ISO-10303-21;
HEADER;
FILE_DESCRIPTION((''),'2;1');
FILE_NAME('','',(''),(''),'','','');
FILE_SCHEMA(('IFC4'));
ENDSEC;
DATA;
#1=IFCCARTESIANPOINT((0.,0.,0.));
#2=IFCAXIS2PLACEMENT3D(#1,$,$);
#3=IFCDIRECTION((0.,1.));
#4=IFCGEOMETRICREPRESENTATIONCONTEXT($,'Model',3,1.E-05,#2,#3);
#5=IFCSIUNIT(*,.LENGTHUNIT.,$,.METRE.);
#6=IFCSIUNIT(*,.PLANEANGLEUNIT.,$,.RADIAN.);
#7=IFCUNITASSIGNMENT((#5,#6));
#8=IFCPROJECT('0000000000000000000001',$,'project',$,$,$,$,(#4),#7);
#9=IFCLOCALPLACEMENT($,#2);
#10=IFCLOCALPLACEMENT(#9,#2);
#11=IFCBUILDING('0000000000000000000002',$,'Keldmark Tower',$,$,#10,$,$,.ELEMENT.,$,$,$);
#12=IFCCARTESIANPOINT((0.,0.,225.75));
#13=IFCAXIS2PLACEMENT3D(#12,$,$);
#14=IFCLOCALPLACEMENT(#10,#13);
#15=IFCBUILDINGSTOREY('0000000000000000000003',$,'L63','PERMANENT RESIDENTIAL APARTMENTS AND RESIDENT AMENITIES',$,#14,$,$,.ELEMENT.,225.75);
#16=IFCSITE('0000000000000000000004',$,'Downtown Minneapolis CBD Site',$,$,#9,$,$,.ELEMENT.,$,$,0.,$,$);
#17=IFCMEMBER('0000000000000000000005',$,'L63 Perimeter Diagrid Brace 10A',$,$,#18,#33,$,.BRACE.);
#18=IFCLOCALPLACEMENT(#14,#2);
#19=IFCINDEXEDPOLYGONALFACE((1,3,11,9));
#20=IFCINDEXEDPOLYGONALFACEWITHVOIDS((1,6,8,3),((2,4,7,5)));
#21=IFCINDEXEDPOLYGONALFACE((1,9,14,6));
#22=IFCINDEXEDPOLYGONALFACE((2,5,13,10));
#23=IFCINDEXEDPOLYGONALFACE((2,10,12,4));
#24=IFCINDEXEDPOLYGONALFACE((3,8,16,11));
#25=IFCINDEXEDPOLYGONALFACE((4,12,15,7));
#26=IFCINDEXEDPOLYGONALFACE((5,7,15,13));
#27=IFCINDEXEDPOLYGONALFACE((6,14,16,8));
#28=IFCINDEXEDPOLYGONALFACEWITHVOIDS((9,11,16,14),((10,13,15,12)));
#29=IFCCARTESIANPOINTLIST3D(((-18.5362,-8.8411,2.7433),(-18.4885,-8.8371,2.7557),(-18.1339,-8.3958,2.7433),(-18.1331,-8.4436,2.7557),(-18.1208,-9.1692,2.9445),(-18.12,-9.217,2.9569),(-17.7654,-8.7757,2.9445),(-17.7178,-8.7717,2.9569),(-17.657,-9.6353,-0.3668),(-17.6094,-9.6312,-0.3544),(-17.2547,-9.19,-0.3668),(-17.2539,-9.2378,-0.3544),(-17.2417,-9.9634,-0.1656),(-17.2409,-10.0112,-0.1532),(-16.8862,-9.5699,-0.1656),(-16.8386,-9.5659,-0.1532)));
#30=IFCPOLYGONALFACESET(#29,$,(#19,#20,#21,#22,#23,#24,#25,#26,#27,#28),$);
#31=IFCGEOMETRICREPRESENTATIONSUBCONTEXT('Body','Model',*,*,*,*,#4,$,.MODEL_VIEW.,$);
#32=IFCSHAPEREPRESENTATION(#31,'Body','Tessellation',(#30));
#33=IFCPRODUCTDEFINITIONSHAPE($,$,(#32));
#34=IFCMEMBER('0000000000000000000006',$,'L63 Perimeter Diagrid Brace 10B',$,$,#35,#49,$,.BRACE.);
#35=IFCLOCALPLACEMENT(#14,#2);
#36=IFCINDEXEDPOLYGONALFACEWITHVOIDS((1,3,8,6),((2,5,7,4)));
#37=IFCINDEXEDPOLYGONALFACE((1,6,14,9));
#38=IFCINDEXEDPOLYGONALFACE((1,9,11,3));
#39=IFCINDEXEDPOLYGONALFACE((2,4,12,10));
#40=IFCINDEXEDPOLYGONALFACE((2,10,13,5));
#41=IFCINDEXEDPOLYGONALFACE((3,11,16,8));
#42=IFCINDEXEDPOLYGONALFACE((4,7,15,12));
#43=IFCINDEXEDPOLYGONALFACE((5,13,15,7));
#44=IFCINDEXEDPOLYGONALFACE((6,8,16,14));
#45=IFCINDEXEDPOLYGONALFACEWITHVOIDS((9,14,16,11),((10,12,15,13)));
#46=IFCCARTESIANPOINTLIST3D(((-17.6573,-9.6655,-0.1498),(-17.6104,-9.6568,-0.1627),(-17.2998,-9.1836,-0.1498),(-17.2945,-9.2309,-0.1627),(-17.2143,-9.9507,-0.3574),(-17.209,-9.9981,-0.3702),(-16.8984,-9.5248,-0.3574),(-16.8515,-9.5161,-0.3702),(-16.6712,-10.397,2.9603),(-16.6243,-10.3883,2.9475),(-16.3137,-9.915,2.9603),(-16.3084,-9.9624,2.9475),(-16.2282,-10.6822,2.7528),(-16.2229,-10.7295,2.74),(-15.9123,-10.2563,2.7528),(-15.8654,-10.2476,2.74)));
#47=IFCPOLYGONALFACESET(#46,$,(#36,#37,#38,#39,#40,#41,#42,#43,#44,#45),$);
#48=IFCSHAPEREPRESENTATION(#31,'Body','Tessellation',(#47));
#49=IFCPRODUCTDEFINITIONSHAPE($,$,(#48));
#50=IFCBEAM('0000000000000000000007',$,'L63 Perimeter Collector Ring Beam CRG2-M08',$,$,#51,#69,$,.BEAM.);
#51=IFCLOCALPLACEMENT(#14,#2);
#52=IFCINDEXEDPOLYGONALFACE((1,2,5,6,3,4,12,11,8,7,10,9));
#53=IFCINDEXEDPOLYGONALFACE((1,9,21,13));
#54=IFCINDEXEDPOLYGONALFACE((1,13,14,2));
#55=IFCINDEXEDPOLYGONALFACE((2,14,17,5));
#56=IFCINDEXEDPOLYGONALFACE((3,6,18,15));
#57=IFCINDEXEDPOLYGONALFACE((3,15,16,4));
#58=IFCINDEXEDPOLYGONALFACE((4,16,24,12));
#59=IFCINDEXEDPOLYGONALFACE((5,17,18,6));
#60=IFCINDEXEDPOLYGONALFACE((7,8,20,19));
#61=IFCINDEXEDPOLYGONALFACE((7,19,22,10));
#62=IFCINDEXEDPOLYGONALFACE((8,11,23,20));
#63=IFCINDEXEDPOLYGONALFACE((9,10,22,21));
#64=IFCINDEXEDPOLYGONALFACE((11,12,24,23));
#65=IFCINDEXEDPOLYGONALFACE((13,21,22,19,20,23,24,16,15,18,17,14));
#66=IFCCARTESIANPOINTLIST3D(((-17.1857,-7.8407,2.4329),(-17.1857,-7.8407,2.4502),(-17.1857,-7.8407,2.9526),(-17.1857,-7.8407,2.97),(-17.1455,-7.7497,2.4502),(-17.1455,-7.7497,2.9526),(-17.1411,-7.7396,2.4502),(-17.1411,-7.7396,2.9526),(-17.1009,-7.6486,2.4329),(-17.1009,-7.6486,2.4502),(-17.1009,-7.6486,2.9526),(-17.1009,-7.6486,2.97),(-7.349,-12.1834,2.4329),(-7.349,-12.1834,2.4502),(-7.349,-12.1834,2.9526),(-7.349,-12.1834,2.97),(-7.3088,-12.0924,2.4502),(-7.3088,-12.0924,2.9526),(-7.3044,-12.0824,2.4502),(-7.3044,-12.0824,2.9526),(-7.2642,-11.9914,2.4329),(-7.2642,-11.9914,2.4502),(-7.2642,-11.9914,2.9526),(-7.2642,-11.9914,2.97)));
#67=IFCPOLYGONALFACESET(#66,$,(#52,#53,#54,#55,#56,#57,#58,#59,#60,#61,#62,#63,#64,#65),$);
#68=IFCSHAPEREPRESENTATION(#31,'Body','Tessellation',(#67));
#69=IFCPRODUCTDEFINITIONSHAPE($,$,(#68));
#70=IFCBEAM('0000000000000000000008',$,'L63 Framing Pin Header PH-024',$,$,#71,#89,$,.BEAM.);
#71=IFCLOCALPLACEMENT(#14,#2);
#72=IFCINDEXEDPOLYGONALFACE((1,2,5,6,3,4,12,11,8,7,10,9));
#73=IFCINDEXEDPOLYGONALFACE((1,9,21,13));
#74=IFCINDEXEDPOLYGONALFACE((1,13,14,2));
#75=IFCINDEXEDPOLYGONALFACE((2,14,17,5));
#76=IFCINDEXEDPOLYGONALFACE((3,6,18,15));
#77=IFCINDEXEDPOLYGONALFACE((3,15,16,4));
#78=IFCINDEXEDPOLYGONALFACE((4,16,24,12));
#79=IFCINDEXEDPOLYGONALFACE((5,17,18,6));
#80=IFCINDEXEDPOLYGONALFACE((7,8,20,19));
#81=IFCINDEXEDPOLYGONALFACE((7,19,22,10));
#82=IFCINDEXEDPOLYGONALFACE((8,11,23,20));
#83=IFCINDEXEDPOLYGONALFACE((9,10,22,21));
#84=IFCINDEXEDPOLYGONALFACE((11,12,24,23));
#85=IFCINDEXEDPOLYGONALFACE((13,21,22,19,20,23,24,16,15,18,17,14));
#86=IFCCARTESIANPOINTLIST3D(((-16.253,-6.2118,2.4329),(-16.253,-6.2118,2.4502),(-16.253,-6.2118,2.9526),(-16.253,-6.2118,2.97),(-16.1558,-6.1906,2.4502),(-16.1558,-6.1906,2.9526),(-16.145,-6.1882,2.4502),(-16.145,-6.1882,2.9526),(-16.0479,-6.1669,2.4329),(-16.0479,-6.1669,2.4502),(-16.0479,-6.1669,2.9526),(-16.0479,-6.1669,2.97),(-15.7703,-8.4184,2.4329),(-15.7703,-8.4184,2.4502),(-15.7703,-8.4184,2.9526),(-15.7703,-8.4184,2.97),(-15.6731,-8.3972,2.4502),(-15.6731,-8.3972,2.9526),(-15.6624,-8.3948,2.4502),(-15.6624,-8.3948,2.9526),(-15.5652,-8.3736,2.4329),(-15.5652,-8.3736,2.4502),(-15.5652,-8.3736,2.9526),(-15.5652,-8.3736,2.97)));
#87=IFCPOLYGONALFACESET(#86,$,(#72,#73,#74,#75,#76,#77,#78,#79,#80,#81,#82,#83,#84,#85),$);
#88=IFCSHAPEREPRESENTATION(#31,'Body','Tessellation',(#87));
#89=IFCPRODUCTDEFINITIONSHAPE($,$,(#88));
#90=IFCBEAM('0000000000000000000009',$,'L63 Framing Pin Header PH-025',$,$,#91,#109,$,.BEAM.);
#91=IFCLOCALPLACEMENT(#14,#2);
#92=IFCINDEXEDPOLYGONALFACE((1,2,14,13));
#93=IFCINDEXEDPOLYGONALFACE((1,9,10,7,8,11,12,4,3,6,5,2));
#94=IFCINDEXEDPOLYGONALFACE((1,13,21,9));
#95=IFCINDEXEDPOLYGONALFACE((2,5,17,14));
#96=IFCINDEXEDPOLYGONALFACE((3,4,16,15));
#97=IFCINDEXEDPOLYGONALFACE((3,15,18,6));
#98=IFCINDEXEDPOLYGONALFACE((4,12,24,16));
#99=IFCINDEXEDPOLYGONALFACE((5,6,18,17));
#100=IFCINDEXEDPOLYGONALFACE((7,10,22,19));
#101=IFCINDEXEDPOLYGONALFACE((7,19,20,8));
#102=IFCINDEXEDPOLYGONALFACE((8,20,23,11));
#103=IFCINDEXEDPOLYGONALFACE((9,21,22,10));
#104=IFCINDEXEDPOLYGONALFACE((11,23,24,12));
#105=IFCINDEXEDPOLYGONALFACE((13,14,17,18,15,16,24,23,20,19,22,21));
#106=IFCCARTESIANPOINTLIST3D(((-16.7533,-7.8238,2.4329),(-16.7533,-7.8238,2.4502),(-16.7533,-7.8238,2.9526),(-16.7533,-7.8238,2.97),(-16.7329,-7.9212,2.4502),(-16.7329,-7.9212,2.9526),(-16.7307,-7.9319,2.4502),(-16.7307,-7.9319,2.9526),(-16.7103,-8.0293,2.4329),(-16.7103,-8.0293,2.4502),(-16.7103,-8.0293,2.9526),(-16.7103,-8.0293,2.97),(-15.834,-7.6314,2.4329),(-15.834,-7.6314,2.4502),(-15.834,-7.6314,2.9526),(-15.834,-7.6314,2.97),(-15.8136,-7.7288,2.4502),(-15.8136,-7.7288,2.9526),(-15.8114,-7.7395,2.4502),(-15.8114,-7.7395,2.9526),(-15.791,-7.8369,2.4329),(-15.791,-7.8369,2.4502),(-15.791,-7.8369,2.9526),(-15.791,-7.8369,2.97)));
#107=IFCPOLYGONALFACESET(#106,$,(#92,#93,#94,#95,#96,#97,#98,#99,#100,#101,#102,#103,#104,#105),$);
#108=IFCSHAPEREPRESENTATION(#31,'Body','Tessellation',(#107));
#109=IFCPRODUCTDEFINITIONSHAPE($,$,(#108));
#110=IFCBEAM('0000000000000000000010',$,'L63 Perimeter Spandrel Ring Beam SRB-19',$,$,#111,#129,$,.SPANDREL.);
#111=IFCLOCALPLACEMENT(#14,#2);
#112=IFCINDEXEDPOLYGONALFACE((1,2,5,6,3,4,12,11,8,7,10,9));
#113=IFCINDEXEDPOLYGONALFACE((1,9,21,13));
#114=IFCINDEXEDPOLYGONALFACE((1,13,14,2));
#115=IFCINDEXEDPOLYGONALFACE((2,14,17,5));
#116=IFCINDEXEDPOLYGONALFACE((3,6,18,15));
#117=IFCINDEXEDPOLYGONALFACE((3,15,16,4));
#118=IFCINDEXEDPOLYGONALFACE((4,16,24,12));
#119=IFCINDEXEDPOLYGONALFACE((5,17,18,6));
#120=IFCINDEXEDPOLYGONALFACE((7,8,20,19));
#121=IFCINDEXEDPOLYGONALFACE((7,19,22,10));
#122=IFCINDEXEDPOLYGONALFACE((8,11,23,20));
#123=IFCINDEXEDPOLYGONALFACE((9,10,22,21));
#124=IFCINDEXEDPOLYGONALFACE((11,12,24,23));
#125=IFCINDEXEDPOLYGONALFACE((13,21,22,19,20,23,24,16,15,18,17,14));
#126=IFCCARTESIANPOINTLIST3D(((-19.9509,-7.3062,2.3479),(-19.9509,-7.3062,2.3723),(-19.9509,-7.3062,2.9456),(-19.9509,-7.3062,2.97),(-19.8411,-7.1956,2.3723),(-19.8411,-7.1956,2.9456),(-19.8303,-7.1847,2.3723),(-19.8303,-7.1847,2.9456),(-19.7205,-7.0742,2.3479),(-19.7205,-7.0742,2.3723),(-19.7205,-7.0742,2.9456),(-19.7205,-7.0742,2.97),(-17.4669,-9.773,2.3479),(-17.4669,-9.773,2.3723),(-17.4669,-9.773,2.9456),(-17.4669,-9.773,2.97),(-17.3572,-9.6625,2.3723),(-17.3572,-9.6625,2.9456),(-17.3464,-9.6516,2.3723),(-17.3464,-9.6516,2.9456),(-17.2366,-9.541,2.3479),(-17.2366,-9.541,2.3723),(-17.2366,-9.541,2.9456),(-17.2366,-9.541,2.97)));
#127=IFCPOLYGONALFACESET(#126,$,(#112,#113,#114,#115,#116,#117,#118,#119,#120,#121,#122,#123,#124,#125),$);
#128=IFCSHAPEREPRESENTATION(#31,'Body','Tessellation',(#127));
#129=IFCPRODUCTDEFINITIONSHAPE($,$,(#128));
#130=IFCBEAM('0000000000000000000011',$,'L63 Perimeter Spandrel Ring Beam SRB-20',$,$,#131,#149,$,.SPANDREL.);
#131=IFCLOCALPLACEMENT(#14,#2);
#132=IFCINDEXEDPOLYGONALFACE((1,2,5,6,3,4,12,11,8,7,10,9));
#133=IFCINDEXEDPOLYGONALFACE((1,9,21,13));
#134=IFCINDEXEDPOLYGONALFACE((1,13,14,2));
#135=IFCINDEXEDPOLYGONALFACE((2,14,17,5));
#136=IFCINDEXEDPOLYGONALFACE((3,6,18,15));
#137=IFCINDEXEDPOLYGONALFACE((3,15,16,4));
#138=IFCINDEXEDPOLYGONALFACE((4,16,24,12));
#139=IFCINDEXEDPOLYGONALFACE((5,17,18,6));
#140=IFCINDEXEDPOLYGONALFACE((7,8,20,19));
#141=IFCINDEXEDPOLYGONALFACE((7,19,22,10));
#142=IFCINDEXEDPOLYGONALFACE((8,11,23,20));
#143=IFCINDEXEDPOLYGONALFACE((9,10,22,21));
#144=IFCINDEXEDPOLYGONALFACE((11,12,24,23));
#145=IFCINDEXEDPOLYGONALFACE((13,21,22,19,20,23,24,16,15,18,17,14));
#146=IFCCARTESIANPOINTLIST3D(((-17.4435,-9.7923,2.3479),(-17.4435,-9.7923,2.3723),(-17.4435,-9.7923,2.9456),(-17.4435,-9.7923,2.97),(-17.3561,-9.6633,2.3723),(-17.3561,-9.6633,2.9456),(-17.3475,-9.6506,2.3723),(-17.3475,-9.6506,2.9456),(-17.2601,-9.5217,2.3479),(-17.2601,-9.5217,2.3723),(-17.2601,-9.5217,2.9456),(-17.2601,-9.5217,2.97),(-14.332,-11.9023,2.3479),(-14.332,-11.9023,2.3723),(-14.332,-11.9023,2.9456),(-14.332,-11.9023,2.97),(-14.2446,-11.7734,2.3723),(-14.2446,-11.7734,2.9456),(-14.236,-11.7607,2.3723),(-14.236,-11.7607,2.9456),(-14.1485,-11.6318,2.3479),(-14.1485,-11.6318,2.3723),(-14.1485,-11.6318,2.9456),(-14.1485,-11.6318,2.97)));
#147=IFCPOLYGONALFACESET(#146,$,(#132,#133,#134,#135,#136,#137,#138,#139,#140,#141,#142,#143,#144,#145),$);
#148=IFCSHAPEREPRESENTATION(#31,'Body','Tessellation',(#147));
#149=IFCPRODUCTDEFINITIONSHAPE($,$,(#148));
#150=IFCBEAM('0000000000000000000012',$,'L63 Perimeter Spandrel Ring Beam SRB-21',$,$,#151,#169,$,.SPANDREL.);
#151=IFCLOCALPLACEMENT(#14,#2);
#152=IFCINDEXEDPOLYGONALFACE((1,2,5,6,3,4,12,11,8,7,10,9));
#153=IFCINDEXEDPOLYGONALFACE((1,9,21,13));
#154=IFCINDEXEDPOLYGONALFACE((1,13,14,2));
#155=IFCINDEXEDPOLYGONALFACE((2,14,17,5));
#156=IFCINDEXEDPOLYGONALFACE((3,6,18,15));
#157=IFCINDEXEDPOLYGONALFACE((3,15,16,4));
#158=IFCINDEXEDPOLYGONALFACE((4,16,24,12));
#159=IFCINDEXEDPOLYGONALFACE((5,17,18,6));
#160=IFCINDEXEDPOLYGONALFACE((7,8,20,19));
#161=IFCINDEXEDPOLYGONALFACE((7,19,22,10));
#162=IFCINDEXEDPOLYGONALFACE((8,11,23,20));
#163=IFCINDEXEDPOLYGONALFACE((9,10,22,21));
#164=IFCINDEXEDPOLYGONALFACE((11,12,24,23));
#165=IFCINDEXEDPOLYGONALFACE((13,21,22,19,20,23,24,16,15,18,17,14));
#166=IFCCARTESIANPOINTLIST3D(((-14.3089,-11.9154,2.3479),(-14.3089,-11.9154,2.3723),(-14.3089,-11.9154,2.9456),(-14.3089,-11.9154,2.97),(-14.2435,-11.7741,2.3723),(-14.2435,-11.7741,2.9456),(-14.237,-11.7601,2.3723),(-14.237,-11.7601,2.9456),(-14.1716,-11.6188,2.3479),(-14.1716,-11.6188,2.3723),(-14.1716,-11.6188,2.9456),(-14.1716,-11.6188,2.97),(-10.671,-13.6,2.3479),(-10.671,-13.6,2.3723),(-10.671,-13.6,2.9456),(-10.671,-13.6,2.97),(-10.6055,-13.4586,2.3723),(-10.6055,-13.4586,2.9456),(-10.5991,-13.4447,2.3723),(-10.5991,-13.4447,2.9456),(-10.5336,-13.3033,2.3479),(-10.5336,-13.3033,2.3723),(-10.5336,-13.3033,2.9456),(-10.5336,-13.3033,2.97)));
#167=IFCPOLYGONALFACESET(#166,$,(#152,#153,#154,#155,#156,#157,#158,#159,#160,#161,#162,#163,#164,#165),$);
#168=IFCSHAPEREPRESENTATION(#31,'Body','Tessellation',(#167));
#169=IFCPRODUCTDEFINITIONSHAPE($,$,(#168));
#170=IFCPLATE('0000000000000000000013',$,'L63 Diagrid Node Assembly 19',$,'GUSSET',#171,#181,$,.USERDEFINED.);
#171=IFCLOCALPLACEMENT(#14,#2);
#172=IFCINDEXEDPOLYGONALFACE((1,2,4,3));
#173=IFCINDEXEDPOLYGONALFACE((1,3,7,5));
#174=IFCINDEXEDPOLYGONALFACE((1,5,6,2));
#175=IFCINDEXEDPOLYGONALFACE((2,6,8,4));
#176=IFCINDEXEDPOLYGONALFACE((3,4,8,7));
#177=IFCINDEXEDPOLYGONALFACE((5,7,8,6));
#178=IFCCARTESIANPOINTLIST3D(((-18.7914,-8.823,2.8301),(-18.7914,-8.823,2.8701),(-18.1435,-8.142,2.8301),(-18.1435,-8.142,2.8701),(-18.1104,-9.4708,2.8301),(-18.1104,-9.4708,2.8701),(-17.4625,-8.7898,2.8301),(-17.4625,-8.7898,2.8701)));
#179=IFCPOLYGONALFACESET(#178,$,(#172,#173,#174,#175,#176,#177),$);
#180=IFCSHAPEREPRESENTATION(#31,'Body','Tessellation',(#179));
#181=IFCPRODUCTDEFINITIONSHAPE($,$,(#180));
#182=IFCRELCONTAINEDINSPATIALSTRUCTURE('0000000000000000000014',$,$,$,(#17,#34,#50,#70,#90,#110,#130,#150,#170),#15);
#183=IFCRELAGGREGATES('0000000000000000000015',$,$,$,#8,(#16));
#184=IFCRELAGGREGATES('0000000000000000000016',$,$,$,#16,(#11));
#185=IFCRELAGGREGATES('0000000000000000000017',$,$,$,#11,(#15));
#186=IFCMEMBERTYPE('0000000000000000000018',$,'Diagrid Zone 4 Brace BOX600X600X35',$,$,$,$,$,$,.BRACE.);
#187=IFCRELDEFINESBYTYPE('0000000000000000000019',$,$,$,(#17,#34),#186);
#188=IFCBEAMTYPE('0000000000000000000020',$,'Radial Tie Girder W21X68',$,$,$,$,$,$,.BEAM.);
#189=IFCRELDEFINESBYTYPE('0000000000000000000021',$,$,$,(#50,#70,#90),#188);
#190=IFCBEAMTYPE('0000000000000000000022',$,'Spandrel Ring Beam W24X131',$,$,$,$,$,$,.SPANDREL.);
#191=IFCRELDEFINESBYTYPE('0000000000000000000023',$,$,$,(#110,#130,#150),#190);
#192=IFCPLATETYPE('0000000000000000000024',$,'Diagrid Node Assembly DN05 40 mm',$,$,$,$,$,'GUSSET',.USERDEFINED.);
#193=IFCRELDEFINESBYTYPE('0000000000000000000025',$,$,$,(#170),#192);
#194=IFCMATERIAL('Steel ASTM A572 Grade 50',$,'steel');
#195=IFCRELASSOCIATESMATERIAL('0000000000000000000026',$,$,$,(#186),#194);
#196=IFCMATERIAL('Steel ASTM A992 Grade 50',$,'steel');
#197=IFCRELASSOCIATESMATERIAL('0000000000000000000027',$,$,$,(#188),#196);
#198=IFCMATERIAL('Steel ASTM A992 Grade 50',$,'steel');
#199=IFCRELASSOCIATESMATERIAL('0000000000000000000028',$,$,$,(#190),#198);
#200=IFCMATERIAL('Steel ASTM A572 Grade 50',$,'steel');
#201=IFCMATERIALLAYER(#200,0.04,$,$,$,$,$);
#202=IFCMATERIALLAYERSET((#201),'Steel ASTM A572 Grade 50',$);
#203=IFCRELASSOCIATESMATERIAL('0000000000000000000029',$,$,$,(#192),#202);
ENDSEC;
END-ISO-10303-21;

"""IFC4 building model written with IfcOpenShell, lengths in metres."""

from ifc_helpers import new_model, si_unit, direction, frame, origin, origin_2d, place, context, subcontext, project, spatial, rectangle, hollow_rectangle, i_section, extrude, material, layer, layer_set, material_profile, profile_set, type_object, element, save


model = new_model("IFC4")

# Units and contexts
model_context = context("Model", 3, precision=1e-05, world=origin(), true_north=direction((0.0, 1.0)))
body_context = subcontext(model_context, "Body", "Model", "MODEL_VIEW")
ifc_project = project(units=[si_unit("LENGTHUNIT", "METRE"), si_unit("PLANEANGLEUNIT", "RADIAN")], contexts=[model_context])

# Site, building, storey
site_placement = place(None, origin())
site = spatial("IfcSite", under=ifc_project, at=site_placement, Name="Downtown Minneapolis CBD Site", CompositionType="ELEMENT", RefElevation=0.0)
building_placement = place(site_placement, origin())
building = spatial("IfcBuilding", under=site, at=building_placement, Name="Keldmark Tower", CompositionType="ELEMENT")
storey_placement = place(building_placement, frame((0.0, 0.0, 225.75)))
storey = spatial("IfcBuildingStorey", under=building, at=storey_placement, Name="L63", Description="PERMANENT RESIDENTIAL APARTMENTS AND RESIDENT AMENITIES", CompositionType="ELEMENT", Elevation=225.75)

# Members
ifc_material_1 = material(Name="Steel ASTM A572 Grade 50", Category="steel")
ifc_material_profile_1 = material_profile(ifc_material_1, hollow_rectangle(XDim=0.6001, YDim=0.6001, WallThickness=0.0349, at=origin_2d()), Name="BOX600X600X35")
ifc_profile_set_1 = profile_set([ifc_material_profile_1], Name="Steel ASTM A572 Grade 50")
member_type = type_object("IfcMemberType", Name="Diagrid Zone 4 Brace BOX600X600X35", PredefinedType="BRACE", material=ifc_profile_set_1)
member_1_placement = place(storey_placement, frame((-17.2478, -9.6006, -0.26), z_axis=(-0.264158, 0.23863, 0.934493), x_axis=(-0.670341, -0.742053, 0.0)))
element("IfcMember", 1, at=member_1_placement, inside=storey, type_object=member_type, Name="L63 Perimeter Diagrid Brace 10A", PredefinedType="BRACE", context=body_context, shape_type="SweptSolid", body=[
    extrude(hollow_rectangle(XDim=0.6001, YDim=0.6001, WallThickness=0.0349, at=origin_2d()), origin(), (0.0, 0.0, 1.0), 3.3281),
])
member_2_placement = place(storey_placement, frame((-17.2544, -9.5908, -0.26), z_axis=(0.294911, -0.218755, 0.930147), x_axis=(0.59576, 0.803162, 0.0)))
element("IfcMember", 2, at=member_2_placement, inside=storey, type_object=member_type, Name="L63 Perimeter Diagrid Brace 10B", PredefinedType="BRACE", context=body_context, shape_type="SweptSolid", body=[
    extrude(hollow_rectangle(XDim=0.6001, YDim=0.6001, WallThickness=0.0349, at=origin_2d()), origin(), (0.0, 0.0, 1.0), 3.3438),
])

# Beams
ifc_material_2 = material(Name="Steel ASTM A992 Grade 50", Category="steel")
ifc_material_profile_2 = material_profile(ifc_material_2, i_section(OverallWidth=0.21, OverallDepth=0.5371, WebThickness=0.011, FlangeThickness=0.0173, at=origin_2d()), Name="W21X68")
ifc_profile_set_2 = profile_set([ifc_material_profile_2], Name="Steel ASTM A992 Grade 50")
beam_type_1 = type_object("IfcBeamType", Name="Radial Tie Girder W21X68", PredefinedType="BEAM", material=ifc_profile_set_2)
beam_1_placement = place(storey_placement, frame((-17.1433, -7.7446, 2.7014), z_axis=(0.914812, -0.403879, 0.0), x_axis=(0.403879, 0.914812, 0.0)))
element("IfcBeam", 3, at=beam_1_placement, inside=storey, type_object=beam_type_1, Name="L63 Perimeter Collector Ring Beam CRG2-M08", PredefinedType="BEAM", context=body_context, shape_type="SweptSolid", body=[
    extrude(i_section(OverallWidth=0.21, OverallDepth=0.5371, WebThickness=0.011, FlangeThickness=0.0173, at=origin_2d()), origin(), (0.0, 0.0, 1.0), 10.7527),
])
beam_2_placement = place(storey_placement, frame((-15.6677, -8.396, 2.7014), z_axis=(-0.21369, 0.976901, 0.0), x_axis=(-0.976901, -0.21369, 0.0)))
element("IfcBeam", 4, at=beam_2_placement, inside=storey, type_object=beam_type_1, Name="L63 Framing Pin Header PH-024", PredefinedType="BEAM", context=body_context, shape_type="SweptSolid", body=[
    extrude(i_section(OverallWidth=0.21, OverallDepth=0.5371, WebThickness=0.011, FlangeThickness=0.0173, at=origin_2d()), origin(), (0.0, 0.0, 1.0), 2.2588),
])
beam_3_placement = place(storey_placement, frame((-15.8125, -7.7341, 2.7014), z_axis=(-0.978792, -0.204857, 0.0), x_axis=(0.204857, -0.978792, 0.0)))
element("IfcBeam", 5, at=beam_3_placement, inside=storey, type_object=beam_type_1, Name="L63 Framing Pin Header PH-025", PredefinedType="BEAM", context=body_context, shape_type="SweptSolid", body=[
    extrude(i_section(OverallWidth=0.21, OverallDepth=0.5371, WebThickness=0.011, FlangeThickness=0.0173, at=origin_2d()), origin(), (0.0, 0.0, 1.0), 0.9392),
])
ifc_material_3 = material(Name="Steel ASTM A992 Grade 50", Category="steel")
ifc_material_profile_3 = material_profile(ifc_material_3, i_section(OverallWidth=0.3269, OverallDepth=0.6221, WebThickness=0.0154, FlangeThickness=0.0244, at=origin_2d()), Name="W24X131")
ifc_profile_set_3 = profile_set([ifc_material_profile_3], Name="Steel ASTM A992 Grade 50")
beam_type_2 = type_object("IfcBeamType", Name="Spandrel Ring Beam W24X131", PredefinedType="SPANDREL", material=ifc_profile_set_3)
beam_4_placement = place(storey_placement, frame((-19.8357, -7.1902, 2.6589), z_axis=(0.709543, -0.704662, 0.0), x_axis=(0.704662, 0.709543, 0.0)))
element("IfcBeam", 6, at=beam_4_placement, inside=storey, type_object=beam_type_2, Name="L63 Perimeter Spandrel Ring Beam SRB-19", PredefinedType="SPANDREL", context=body_context, shape_type="SweptSolid", body=[
    extrude(i_section(OverallWidth=0.3269, OverallDepth=0.6221, WebThickness=0.0154, FlangeThickness=0.0244, at=origin_2d()), origin(), (0.0, 0.0, 1.0), 3.5007),
])
beam_5_placement = place(storey_placement, frame((-17.3518, -9.657, 2.6589), z_axis=(0.827638, -0.561262, 0.0), x_axis=(0.561262, 0.827638, 0.0)))
element("IfcBeam", 7, at=beam_5_placement, inside=storey, type_object=beam_type_2, Name="L63 Perimeter Spandrel Ring Beam SRB-20", PredefinedType="SPANDREL", context=body_context, shape_type="SweptSolid", body=[
    extrude(i_section(OverallWidth=0.3269, OverallDepth=0.6221, WebThickness=0.0154, FlangeThickness=0.0244, at=origin_2d()), origin(), (0.0, 0.0, 1.0), 3.7595),
])
beam_6_placement = place(storey_placement, frame((-14.2402, -11.7671, 2.6589), z_axis=(0.907435, -0.420193, 0.0), x_axis=(0.420193, 0.907435, 0.0)))
element("IfcBeam", 8, at=beam_6_placement, inside=storey, type_object=beam_type_2, Name="L63 Perimeter Spandrel Ring Beam SRB-21", PredefinedType="SPANDREL", context=body_context, shape_type="SweptSolid", body=[
    extrude(i_section(OverallWidth=0.3269, OverallDepth=0.6221, WebThickness=0.0154, FlangeThickness=0.0244, at=origin_2d()), origin(), (0.0, 0.0, 1.0), 4.009),
])

# Plate
ifc_material_4 = material(Name="Steel ASTM A572 Grade 50", Category="steel")
ifc_layer_1 = layer(ifc_material_4, 0.04)
ifc_layer_set_1 = layer_set([ifc_layer_1], Name="Steel ASTM A572 Grade 50")
plate_type = type_object("IfcPlateType", Name="Diagrid Node Assembly DN05 40 mm", ElementType="GUSSET", PredefinedType="USERDEFINED", material=ifc_layer_set_1)
for number, where, z_axis, x_axis, name in (
    (9, (-18.127, -8.8064, 2.8301), (0.0, 0.0, 1.0), (0.724533, -0.68924, 0.0), "L63 Diagrid Node Assembly 19"),
):
    element("IfcPlate", number, at=place(storey_placement, frame(where, z_axis=z_axis, x_axis=x_axis)), inside=storey, type_object=plate_type, Name=name, ObjectType="GUSSET", PredefinedType="USERDEFINED", context=body_context, shape_type="SweptSolid", body=[
        extrude(rectangle(XDim=0.9399, YDim=0.9399, at=origin_2d()), origin(), (0.0, 0.0, 1.0), 0.04),
    ])

save(model, "model.ifc")
